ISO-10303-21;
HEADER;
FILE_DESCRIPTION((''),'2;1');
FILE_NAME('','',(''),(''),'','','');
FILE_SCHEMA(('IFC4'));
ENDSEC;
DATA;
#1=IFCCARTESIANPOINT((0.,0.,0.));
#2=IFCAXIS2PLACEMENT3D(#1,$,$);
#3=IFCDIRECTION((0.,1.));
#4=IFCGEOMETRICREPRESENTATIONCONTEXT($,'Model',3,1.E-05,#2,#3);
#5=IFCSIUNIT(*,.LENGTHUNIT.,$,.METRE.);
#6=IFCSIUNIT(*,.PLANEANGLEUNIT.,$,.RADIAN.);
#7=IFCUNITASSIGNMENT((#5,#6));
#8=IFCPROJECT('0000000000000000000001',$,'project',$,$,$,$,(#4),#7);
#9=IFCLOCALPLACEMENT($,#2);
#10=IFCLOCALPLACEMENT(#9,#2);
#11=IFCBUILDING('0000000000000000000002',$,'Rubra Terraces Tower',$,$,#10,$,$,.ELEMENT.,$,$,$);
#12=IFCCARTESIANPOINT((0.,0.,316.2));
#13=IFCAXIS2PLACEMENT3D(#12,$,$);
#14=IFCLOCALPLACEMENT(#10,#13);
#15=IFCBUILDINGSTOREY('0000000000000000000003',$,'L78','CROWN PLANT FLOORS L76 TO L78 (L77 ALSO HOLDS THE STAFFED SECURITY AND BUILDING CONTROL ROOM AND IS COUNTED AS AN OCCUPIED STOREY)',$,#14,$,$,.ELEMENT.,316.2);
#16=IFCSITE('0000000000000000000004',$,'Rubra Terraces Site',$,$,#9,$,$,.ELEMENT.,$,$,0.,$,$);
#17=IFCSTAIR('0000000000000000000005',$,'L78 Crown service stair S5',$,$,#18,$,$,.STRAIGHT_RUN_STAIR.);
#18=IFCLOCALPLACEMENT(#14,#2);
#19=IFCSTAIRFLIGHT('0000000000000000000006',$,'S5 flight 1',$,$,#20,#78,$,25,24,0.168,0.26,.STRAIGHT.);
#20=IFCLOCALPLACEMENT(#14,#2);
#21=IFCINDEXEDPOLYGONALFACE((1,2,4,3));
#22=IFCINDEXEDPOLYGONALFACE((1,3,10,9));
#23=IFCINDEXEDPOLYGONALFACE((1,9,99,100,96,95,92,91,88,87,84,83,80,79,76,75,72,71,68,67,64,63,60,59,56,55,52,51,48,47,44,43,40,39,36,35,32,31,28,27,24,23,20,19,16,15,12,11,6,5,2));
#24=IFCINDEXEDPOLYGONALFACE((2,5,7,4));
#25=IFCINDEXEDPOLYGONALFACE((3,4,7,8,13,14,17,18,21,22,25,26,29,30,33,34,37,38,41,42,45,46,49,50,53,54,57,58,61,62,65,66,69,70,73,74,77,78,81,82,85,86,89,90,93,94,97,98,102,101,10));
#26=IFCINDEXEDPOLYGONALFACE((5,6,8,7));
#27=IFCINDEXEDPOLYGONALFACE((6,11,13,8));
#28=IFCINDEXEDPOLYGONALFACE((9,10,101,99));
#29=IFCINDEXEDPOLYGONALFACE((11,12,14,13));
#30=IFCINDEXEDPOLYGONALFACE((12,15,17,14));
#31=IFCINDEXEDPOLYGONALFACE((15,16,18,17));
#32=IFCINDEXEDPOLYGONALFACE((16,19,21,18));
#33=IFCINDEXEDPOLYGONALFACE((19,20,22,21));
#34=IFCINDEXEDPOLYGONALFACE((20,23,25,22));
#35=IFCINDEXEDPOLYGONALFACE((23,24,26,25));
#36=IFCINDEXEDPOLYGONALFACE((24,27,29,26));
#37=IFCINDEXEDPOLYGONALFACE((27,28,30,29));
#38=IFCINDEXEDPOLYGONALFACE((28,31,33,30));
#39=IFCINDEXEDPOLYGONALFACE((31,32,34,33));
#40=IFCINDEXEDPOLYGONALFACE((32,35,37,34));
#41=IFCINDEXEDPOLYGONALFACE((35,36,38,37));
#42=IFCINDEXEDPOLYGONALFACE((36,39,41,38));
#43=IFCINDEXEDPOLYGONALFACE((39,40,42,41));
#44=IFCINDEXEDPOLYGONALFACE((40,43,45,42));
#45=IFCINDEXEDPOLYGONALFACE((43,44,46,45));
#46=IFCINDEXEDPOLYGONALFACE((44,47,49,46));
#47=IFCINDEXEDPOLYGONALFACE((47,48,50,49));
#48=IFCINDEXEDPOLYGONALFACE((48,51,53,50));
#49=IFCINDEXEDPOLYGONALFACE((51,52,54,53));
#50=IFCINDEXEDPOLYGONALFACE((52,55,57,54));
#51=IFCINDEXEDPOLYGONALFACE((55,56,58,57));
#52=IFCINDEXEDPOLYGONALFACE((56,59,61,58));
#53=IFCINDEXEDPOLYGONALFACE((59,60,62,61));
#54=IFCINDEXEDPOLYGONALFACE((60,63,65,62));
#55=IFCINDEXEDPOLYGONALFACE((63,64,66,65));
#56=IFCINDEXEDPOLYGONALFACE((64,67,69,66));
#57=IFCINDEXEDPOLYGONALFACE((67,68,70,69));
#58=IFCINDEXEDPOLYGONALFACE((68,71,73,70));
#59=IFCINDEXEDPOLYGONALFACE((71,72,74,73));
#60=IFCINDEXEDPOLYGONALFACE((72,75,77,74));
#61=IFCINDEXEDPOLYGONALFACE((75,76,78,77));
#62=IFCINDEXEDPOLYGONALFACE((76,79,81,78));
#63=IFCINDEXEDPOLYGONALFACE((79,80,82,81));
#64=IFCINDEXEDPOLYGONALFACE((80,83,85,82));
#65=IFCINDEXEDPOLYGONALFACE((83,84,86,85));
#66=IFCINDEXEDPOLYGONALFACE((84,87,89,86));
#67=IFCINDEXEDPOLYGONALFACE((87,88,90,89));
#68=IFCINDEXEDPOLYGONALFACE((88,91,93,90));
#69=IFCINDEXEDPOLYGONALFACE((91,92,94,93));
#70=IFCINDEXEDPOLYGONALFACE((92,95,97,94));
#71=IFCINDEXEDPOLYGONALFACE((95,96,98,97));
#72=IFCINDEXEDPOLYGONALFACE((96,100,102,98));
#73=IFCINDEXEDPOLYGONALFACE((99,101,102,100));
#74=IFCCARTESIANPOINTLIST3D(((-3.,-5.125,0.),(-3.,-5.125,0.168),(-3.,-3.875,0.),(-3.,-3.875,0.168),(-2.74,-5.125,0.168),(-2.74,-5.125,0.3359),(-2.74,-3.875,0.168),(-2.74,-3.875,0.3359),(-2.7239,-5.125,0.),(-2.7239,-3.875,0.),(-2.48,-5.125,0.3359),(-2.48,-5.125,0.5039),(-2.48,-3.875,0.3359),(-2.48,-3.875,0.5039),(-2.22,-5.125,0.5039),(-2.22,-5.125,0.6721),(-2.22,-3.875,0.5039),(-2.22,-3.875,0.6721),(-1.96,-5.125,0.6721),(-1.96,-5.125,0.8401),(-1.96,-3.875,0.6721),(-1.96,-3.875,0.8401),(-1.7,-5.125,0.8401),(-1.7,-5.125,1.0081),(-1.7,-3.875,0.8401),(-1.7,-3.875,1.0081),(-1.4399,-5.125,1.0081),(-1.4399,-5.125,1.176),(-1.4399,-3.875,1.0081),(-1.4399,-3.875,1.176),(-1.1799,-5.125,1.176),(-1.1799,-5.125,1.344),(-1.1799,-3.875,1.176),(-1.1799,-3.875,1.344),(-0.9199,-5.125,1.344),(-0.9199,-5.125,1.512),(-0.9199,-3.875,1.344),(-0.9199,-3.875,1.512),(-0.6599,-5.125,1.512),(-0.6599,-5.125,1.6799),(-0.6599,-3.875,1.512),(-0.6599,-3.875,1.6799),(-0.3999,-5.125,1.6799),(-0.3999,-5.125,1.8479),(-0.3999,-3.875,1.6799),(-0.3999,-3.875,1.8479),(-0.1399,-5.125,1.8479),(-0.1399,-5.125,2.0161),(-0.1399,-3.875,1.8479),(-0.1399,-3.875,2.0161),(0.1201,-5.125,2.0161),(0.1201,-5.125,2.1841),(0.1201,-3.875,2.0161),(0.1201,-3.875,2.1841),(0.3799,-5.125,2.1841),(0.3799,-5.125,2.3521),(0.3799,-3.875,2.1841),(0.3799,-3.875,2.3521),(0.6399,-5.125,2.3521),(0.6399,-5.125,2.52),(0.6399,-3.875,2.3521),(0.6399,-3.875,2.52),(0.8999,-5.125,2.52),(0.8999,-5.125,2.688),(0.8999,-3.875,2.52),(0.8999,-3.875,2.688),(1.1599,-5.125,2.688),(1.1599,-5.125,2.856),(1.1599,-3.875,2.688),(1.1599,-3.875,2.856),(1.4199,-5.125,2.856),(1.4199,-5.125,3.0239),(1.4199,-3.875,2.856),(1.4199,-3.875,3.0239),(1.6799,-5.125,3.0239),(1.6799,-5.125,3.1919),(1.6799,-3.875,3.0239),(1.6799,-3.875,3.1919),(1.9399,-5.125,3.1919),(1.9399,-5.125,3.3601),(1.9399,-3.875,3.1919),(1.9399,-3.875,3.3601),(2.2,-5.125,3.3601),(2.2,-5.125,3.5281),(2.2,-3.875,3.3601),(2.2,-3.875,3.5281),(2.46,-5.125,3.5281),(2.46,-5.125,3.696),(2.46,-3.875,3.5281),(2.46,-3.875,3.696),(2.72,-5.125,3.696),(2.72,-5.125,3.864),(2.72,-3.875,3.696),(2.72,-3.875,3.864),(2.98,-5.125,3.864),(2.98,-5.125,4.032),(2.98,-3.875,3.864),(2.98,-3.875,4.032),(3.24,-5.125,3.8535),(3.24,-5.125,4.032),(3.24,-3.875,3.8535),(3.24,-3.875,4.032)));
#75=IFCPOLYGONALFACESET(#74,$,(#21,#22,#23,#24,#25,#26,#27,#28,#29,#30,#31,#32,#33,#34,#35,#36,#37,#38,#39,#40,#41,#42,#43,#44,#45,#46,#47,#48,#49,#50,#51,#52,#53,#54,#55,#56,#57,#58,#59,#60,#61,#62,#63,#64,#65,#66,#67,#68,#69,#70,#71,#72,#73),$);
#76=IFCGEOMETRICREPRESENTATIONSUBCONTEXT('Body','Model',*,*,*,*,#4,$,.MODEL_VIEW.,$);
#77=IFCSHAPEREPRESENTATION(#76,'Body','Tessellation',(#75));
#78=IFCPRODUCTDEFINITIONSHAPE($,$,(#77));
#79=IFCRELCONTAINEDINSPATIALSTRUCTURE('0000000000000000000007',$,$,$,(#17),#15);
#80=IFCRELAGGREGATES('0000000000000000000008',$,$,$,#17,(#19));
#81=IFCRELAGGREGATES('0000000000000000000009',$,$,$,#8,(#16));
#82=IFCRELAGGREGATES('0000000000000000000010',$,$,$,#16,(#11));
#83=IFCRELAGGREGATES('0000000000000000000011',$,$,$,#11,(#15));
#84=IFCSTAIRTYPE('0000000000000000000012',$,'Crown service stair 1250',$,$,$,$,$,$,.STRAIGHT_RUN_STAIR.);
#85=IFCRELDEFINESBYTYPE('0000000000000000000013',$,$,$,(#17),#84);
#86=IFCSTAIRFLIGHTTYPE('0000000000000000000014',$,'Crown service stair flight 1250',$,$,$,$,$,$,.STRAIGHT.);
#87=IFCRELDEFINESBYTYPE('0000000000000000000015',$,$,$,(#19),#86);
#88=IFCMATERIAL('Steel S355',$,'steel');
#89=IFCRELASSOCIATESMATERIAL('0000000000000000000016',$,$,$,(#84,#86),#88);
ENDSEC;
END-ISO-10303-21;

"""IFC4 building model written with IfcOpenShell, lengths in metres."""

from ifc_helpers import new_model, si_unit, direction, frame, origin, place, context, subcontext, project, spatial, polyline, outline, extrude, material, type_object, element, aggregate, save


model = new_model("IFC4")

# Units and contexts
model_context = context("Model", 3, precision=1e-05, world=origin(), true_north=direction((0.0, 1.0)))
body_context = subcontext(model_context, "Body", "Model", "MODEL_VIEW")
ifc_project = project(units=[si_unit("LENGTHUNIT", "METRE"), si_unit("PLANEANGLEUNIT", "RADIAN")], contexts=[model_context])

# Site, building, storey
site_placement = place(None, origin())
site = spatial("IfcSite", under=ifc_project, at=site_placement, Name="Rubra Terraces Site", CompositionType="ELEMENT", RefElevation=0.0)
building_placement = place(site_placement, origin())
building = spatial("IfcBuilding", under=site, at=building_placement, Name="Rubra Terraces Tower", CompositionType="ELEMENT")
storey_placement = place(building_placement, frame((0.0, 0.0, 316.2)))
storey = spatial("IfcBuildingStorey", under=building, at=storey_placement, Name="L78", Description="CROWN PLANT FLOORS L76 TO L78 (L77 ALSO HOLDS THE STAFFED SECURITY AND BUILDING CONTROL ROOM AND IS COUNTED AS AN OCCUPIED STOREY)", CompositionType="ELEMENT", Elevation=316.2)

# Stair, stair flight
ifc_material_1 = material(Name="Steel S355", Category="steel")
stair_type = type_object("IfcStairType", Name="Crown service stair 1250", PredefinedType="STRAIGHT_RUN_STAIR", material=ifc_material_1)
stair_placement = place(storey_placement, origin())
stair = element("IfcStair", 1, at=stair_placement, inside=storey, type_object=stair_type, Name="L78 Crown service stair S5", PredefinedType="STRAIGHT_RUN_STAIR")
stair_flight_type = type_object("IfcStairFlightType", Name="Crown service stair flight 1250", PredefinedType="STRAIGHT", material=ifc_material_1)
stair_flight_placement = place(storey_placement, frame((-3.0, -4.5, 0.0), z_axis=(0.0, 0.0, 1.0), x_axis=(1.0, 0.0, 0.0)))
stair_flight = element("IfcStairFlight", 2, at=stair_flight_placement, type_object=stair_flight_type, Name="S5 flight 1", NumberOfRisers=25, NumberOfTreads=24, PredefinedType="STRAIGHT", RiserHeight=0.168, TreadLength=0.26, context=body_context, shape_type="SweptSolid", body=[
    extrude(outline(polyline([(0.0, 0.0), (0.0, 0.168), (0.26, 0.168), (0.26, 0.3359), (0.52, 0.3359), (0.52, 0.5039), (0.78, 0.5039), (0.78, 0.6721), (1.04, 0.6721), (1.04, 0.8401), (1.3, 0.8401), (1.3, 1.0081), (1.5601, 1.0081), (1.5601, 1.176), (1.8201, 1.176), (1.8201, 1.344), (2.0801, 1.344), (2.0801, 1.512), (2.3401, 1.512), (2.3401, 1.6799), (2.6001, 1.6799), (2.6001, 1.8479), (2.8601, 1.8479), (2.8601, 2.0161), (3.1201, 2.0161), (3.1201, 2.1841), (3.3799, 2.1841), (3.3799, 2.3521), (3.6399, 2.3521), (3.6399, 2.52), (3.8999, 2.52), (3.8999, 2.688), (4.1599, 2.688), (4.1599, 2.856), (4.4199, 2.856), (4.4199, 3.0239), (4.6799, 3.0239), (4.6799, 3.1919), (4.9399, 3.1919), (4.9399, 3.3601), (5.2, 3.3601), (5.2, 3.5281), (5.46, 3.5281), (5.46, 3.696), (5.72, 3.696), (5.72, 3.864), (5.98, 3.864), (5.98, 4.032), (6.24, 4.032), (6.24, 4.2), (6.24, 3.8535), (0.2761, 0.0), (0.0, 0.0)])), frame((0.0, 0.625, 0.0), z_axis=(0.0, -1.0, 0.0), x_axis=(1.0, 0.0, 0.0)), (0.0, 0.0, 1.0), 1.25),
])
aggregate(stair, [stair_flight])

save(model, "model.ifc")
